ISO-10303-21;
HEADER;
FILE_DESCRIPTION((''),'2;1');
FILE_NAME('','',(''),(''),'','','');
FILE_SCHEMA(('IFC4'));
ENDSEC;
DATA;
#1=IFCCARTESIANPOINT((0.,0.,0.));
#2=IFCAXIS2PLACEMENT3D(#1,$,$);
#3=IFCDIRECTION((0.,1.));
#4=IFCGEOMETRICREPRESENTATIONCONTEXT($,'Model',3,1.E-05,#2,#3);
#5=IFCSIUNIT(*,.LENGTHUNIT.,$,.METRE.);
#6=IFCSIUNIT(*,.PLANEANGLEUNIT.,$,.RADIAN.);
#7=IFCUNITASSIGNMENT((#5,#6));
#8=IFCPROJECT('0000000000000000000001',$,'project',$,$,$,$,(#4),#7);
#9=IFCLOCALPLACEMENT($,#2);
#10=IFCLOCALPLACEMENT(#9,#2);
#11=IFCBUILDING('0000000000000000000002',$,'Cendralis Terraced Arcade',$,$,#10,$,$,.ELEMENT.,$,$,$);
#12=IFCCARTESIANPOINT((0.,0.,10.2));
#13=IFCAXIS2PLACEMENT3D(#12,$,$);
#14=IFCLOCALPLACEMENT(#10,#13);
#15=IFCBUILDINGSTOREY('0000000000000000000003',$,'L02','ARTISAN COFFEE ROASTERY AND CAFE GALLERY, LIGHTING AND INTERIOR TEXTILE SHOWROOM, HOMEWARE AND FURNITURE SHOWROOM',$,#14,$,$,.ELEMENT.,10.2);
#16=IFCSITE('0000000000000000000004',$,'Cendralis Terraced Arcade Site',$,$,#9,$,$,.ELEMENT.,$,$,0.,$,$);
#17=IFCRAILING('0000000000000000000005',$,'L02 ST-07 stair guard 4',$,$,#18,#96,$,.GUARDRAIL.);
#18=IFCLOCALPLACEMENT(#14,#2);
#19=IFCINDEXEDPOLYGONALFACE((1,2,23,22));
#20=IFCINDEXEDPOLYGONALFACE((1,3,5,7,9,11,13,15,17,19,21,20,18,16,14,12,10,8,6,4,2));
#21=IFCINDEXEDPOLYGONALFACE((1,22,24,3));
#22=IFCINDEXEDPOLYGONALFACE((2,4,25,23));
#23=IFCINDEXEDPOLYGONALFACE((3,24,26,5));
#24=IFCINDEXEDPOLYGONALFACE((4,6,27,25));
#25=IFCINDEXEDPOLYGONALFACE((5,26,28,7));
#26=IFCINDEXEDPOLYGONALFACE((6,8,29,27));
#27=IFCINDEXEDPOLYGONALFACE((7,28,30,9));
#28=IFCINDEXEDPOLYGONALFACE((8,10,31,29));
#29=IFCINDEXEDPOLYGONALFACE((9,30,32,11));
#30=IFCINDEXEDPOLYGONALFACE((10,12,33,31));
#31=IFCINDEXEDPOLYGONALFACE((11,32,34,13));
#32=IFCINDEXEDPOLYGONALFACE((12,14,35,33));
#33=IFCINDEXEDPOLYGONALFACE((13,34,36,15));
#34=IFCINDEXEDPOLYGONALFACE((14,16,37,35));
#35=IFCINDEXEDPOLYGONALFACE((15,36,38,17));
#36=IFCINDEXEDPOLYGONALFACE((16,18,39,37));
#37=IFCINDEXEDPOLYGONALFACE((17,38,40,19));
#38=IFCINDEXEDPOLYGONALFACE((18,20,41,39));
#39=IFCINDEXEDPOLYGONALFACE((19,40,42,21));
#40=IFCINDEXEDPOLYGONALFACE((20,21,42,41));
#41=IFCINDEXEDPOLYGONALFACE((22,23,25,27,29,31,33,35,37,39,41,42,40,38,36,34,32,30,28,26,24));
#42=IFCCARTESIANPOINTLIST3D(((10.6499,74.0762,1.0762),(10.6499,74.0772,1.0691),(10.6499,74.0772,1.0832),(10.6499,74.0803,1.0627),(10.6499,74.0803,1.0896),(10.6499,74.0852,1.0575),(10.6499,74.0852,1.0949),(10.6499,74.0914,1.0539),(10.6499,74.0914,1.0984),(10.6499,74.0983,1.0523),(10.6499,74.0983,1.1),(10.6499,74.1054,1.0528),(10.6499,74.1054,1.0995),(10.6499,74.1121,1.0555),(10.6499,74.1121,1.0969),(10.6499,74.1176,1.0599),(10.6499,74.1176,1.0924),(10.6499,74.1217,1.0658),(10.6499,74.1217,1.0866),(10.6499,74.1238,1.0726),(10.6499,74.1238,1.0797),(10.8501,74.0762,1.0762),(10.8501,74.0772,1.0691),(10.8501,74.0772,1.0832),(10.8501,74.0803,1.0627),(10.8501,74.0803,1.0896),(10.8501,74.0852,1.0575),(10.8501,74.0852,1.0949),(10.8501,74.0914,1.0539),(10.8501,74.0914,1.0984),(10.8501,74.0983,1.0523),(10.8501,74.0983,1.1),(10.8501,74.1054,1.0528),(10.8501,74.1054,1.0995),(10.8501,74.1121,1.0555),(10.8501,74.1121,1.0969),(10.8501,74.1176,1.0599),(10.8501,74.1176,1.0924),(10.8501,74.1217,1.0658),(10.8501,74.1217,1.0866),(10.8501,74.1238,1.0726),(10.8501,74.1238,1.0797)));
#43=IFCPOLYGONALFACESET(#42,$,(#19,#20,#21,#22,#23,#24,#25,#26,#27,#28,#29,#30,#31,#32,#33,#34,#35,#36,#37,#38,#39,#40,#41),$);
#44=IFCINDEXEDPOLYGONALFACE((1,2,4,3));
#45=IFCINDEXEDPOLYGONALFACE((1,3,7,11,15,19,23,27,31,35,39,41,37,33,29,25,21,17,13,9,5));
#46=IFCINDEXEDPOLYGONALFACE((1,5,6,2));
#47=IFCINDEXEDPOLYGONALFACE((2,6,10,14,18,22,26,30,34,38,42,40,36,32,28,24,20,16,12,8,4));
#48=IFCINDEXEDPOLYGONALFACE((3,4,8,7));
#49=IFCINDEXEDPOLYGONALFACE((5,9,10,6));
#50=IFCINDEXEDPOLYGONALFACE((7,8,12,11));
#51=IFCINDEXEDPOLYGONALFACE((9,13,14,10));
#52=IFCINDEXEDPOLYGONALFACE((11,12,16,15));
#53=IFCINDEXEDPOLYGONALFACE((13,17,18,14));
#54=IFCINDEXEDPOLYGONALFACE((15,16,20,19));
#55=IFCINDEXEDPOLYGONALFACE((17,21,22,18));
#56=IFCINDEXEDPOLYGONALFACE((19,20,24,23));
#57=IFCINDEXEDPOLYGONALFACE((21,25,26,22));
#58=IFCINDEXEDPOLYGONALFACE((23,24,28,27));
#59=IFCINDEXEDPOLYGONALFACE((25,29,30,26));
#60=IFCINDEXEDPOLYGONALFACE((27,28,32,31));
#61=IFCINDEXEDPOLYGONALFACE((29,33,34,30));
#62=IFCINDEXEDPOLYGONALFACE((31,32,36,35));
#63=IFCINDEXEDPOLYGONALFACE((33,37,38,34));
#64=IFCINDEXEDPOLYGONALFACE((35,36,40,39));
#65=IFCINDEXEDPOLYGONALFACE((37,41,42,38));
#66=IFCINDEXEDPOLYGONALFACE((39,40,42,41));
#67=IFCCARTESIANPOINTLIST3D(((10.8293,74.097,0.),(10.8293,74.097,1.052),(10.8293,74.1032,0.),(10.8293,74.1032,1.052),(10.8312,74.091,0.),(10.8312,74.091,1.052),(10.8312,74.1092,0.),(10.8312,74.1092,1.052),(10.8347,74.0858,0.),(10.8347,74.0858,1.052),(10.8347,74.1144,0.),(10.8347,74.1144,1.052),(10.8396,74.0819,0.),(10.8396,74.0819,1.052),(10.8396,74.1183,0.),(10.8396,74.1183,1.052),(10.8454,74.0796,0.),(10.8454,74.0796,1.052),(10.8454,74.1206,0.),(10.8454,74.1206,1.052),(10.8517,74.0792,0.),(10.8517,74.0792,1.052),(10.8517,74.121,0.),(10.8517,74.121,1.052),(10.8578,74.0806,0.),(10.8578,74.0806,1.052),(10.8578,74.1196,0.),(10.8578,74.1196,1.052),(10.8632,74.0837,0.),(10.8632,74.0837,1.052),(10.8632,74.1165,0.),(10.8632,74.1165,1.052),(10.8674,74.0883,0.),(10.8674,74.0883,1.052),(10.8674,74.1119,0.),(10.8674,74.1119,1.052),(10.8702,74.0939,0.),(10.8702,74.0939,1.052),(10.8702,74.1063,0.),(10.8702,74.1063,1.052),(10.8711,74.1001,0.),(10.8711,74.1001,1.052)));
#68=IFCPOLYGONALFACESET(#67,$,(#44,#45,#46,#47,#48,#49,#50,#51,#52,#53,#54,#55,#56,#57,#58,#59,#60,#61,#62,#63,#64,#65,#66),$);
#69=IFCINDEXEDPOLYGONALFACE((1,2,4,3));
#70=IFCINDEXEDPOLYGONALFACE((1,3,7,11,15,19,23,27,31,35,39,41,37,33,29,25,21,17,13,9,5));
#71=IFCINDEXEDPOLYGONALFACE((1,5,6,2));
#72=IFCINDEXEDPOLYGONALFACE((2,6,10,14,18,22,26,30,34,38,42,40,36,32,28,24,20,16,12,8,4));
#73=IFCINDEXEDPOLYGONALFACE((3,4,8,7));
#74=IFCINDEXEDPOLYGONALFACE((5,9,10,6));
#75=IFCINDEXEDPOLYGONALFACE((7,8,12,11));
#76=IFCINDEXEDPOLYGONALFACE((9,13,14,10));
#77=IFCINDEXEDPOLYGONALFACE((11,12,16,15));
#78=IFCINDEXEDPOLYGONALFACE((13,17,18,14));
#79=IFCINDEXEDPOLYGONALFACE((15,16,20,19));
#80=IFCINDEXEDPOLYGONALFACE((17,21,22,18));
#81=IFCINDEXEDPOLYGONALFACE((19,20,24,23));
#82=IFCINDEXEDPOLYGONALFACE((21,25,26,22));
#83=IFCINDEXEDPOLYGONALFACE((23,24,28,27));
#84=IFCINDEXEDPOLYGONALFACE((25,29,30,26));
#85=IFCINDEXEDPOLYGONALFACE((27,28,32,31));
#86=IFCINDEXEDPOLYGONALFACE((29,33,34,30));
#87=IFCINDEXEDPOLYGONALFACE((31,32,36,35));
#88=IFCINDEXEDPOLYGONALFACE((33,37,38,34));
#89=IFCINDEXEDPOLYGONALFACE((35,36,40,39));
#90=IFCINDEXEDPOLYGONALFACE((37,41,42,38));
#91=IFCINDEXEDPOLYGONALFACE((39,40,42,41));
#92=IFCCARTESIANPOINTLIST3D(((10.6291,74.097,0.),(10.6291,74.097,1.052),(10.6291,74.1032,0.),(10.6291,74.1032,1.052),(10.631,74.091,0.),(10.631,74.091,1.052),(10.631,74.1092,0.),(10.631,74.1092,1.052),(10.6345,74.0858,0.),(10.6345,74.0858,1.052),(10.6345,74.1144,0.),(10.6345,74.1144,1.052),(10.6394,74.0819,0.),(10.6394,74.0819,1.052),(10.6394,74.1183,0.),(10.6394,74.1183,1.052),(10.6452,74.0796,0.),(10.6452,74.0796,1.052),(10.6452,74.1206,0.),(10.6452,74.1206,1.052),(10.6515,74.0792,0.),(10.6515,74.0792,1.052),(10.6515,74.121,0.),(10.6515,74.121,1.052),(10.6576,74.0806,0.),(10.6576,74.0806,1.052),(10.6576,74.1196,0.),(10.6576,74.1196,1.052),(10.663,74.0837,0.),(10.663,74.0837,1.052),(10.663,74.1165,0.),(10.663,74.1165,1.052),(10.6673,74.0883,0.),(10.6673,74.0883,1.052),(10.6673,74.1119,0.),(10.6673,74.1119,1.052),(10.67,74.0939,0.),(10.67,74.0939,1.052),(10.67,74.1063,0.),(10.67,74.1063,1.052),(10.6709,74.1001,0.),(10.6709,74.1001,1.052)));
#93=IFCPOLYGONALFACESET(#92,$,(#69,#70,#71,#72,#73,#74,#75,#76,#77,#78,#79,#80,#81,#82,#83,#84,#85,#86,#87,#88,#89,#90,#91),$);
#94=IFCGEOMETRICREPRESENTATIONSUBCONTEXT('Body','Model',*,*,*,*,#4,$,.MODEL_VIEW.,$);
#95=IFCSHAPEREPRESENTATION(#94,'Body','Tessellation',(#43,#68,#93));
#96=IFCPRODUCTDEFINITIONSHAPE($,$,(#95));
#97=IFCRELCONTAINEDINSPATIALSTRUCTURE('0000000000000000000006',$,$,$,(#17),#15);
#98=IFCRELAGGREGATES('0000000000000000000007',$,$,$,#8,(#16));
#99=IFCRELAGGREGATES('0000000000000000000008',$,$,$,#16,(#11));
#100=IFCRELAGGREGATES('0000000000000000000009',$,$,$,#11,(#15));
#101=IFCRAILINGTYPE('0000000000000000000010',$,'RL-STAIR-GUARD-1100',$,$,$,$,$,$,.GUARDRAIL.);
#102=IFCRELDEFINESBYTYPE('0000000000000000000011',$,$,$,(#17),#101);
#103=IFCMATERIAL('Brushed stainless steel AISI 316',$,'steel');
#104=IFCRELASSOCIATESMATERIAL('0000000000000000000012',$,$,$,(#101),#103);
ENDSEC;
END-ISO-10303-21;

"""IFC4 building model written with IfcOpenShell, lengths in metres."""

from ifc_helpers import new_model, si_unit, direction, frame, origin, origin_2d, place, context, subcontext, project, spatial, circle, extrude, material, type_object, element, save


model = new_model("IFC4")

# Units and contexts
model_context = context("Model", 3, precision=1e-05, world=origin(), true_north=direction((0.0, 1.0)))
body_context = subcontext(model_context, "Body", "Model", "MODEL_VIEW")
ifc_project = project(units=[si_unit("LENGTHUNIT", "METRE"), si_unit("PLANEANGLEUNIT", "RADIAN")], contexts=[model_context])

# Site, building, storey
site_placement = place(None, origin())
site = spatial("IfcSite", under=ifc_project, at=site_placement, Name="Cendralis Terraced Arcade Site", CompositionType="ELEMENT", RefElevation=0.0)
building_placement = place(site_placement, origin())
building = spatial("IfcBuilding", under=site, at=building_placement, Name="Cendralis Terraced Arcade", CompositionType="ELEMENT")
storey_placement = place(building_placement, frame((0.0, 0.0, 10.2)))
storey = spatial("IfcBuildingStorey", under=building, at=storey_placement, Name="L02", Description="ARTISAN COFFEE ROASTERY AND CAFE GALLERY, LIGHTING AND INTERIOR TEXTILE SHOWROOM, HOMEWARE AND FURNITURE SHOWROOM", CompositionType="ELEMENT", Elevation=10.2)

# Railing
ifc_material_1 = material(Name="Brushed stainless steel AISI 316", Category="steel")
railing_type_1 = type_object("IfcRailingType", Name="RL-STAIR-GUARD-1100", PredefinedType="GUARDRAIL", material=ifc_material_1)
railing_1_placement = place(storey_placement, frame((10.8501, 74.1001, 0.0)))
element("IfcRailing", 1, at=railing_1_placement, inside=storey, type_object=railing_type_1, Name="L02 ST-07 stair guard 4", PredefinedType="GUARDRAIL", context=body_context, shape_type="SweptSolid", body=[
    extrude(circle(Radius=0.0239, at=origin_2d()), frame((0.0, 0.0, 1.0762), z_axis=(-1.0, 0.0, 0.0), x_axis=(0.0, -1.0, 0.0)), (0.0, 0.0, 1.0), 0.2002),
    extrude(circle(Radius=0.021, at=origin_2d()), origin(), (0.0, 0.0, 1.0), 1.052),
    extrude(circle(Radius=0.021, at=origin_2d()), frame((-0.2002, 0.0, 0.0)), (0.0, 0.0, 1.0), 1.052),
])

save(model, "model.ifc")
